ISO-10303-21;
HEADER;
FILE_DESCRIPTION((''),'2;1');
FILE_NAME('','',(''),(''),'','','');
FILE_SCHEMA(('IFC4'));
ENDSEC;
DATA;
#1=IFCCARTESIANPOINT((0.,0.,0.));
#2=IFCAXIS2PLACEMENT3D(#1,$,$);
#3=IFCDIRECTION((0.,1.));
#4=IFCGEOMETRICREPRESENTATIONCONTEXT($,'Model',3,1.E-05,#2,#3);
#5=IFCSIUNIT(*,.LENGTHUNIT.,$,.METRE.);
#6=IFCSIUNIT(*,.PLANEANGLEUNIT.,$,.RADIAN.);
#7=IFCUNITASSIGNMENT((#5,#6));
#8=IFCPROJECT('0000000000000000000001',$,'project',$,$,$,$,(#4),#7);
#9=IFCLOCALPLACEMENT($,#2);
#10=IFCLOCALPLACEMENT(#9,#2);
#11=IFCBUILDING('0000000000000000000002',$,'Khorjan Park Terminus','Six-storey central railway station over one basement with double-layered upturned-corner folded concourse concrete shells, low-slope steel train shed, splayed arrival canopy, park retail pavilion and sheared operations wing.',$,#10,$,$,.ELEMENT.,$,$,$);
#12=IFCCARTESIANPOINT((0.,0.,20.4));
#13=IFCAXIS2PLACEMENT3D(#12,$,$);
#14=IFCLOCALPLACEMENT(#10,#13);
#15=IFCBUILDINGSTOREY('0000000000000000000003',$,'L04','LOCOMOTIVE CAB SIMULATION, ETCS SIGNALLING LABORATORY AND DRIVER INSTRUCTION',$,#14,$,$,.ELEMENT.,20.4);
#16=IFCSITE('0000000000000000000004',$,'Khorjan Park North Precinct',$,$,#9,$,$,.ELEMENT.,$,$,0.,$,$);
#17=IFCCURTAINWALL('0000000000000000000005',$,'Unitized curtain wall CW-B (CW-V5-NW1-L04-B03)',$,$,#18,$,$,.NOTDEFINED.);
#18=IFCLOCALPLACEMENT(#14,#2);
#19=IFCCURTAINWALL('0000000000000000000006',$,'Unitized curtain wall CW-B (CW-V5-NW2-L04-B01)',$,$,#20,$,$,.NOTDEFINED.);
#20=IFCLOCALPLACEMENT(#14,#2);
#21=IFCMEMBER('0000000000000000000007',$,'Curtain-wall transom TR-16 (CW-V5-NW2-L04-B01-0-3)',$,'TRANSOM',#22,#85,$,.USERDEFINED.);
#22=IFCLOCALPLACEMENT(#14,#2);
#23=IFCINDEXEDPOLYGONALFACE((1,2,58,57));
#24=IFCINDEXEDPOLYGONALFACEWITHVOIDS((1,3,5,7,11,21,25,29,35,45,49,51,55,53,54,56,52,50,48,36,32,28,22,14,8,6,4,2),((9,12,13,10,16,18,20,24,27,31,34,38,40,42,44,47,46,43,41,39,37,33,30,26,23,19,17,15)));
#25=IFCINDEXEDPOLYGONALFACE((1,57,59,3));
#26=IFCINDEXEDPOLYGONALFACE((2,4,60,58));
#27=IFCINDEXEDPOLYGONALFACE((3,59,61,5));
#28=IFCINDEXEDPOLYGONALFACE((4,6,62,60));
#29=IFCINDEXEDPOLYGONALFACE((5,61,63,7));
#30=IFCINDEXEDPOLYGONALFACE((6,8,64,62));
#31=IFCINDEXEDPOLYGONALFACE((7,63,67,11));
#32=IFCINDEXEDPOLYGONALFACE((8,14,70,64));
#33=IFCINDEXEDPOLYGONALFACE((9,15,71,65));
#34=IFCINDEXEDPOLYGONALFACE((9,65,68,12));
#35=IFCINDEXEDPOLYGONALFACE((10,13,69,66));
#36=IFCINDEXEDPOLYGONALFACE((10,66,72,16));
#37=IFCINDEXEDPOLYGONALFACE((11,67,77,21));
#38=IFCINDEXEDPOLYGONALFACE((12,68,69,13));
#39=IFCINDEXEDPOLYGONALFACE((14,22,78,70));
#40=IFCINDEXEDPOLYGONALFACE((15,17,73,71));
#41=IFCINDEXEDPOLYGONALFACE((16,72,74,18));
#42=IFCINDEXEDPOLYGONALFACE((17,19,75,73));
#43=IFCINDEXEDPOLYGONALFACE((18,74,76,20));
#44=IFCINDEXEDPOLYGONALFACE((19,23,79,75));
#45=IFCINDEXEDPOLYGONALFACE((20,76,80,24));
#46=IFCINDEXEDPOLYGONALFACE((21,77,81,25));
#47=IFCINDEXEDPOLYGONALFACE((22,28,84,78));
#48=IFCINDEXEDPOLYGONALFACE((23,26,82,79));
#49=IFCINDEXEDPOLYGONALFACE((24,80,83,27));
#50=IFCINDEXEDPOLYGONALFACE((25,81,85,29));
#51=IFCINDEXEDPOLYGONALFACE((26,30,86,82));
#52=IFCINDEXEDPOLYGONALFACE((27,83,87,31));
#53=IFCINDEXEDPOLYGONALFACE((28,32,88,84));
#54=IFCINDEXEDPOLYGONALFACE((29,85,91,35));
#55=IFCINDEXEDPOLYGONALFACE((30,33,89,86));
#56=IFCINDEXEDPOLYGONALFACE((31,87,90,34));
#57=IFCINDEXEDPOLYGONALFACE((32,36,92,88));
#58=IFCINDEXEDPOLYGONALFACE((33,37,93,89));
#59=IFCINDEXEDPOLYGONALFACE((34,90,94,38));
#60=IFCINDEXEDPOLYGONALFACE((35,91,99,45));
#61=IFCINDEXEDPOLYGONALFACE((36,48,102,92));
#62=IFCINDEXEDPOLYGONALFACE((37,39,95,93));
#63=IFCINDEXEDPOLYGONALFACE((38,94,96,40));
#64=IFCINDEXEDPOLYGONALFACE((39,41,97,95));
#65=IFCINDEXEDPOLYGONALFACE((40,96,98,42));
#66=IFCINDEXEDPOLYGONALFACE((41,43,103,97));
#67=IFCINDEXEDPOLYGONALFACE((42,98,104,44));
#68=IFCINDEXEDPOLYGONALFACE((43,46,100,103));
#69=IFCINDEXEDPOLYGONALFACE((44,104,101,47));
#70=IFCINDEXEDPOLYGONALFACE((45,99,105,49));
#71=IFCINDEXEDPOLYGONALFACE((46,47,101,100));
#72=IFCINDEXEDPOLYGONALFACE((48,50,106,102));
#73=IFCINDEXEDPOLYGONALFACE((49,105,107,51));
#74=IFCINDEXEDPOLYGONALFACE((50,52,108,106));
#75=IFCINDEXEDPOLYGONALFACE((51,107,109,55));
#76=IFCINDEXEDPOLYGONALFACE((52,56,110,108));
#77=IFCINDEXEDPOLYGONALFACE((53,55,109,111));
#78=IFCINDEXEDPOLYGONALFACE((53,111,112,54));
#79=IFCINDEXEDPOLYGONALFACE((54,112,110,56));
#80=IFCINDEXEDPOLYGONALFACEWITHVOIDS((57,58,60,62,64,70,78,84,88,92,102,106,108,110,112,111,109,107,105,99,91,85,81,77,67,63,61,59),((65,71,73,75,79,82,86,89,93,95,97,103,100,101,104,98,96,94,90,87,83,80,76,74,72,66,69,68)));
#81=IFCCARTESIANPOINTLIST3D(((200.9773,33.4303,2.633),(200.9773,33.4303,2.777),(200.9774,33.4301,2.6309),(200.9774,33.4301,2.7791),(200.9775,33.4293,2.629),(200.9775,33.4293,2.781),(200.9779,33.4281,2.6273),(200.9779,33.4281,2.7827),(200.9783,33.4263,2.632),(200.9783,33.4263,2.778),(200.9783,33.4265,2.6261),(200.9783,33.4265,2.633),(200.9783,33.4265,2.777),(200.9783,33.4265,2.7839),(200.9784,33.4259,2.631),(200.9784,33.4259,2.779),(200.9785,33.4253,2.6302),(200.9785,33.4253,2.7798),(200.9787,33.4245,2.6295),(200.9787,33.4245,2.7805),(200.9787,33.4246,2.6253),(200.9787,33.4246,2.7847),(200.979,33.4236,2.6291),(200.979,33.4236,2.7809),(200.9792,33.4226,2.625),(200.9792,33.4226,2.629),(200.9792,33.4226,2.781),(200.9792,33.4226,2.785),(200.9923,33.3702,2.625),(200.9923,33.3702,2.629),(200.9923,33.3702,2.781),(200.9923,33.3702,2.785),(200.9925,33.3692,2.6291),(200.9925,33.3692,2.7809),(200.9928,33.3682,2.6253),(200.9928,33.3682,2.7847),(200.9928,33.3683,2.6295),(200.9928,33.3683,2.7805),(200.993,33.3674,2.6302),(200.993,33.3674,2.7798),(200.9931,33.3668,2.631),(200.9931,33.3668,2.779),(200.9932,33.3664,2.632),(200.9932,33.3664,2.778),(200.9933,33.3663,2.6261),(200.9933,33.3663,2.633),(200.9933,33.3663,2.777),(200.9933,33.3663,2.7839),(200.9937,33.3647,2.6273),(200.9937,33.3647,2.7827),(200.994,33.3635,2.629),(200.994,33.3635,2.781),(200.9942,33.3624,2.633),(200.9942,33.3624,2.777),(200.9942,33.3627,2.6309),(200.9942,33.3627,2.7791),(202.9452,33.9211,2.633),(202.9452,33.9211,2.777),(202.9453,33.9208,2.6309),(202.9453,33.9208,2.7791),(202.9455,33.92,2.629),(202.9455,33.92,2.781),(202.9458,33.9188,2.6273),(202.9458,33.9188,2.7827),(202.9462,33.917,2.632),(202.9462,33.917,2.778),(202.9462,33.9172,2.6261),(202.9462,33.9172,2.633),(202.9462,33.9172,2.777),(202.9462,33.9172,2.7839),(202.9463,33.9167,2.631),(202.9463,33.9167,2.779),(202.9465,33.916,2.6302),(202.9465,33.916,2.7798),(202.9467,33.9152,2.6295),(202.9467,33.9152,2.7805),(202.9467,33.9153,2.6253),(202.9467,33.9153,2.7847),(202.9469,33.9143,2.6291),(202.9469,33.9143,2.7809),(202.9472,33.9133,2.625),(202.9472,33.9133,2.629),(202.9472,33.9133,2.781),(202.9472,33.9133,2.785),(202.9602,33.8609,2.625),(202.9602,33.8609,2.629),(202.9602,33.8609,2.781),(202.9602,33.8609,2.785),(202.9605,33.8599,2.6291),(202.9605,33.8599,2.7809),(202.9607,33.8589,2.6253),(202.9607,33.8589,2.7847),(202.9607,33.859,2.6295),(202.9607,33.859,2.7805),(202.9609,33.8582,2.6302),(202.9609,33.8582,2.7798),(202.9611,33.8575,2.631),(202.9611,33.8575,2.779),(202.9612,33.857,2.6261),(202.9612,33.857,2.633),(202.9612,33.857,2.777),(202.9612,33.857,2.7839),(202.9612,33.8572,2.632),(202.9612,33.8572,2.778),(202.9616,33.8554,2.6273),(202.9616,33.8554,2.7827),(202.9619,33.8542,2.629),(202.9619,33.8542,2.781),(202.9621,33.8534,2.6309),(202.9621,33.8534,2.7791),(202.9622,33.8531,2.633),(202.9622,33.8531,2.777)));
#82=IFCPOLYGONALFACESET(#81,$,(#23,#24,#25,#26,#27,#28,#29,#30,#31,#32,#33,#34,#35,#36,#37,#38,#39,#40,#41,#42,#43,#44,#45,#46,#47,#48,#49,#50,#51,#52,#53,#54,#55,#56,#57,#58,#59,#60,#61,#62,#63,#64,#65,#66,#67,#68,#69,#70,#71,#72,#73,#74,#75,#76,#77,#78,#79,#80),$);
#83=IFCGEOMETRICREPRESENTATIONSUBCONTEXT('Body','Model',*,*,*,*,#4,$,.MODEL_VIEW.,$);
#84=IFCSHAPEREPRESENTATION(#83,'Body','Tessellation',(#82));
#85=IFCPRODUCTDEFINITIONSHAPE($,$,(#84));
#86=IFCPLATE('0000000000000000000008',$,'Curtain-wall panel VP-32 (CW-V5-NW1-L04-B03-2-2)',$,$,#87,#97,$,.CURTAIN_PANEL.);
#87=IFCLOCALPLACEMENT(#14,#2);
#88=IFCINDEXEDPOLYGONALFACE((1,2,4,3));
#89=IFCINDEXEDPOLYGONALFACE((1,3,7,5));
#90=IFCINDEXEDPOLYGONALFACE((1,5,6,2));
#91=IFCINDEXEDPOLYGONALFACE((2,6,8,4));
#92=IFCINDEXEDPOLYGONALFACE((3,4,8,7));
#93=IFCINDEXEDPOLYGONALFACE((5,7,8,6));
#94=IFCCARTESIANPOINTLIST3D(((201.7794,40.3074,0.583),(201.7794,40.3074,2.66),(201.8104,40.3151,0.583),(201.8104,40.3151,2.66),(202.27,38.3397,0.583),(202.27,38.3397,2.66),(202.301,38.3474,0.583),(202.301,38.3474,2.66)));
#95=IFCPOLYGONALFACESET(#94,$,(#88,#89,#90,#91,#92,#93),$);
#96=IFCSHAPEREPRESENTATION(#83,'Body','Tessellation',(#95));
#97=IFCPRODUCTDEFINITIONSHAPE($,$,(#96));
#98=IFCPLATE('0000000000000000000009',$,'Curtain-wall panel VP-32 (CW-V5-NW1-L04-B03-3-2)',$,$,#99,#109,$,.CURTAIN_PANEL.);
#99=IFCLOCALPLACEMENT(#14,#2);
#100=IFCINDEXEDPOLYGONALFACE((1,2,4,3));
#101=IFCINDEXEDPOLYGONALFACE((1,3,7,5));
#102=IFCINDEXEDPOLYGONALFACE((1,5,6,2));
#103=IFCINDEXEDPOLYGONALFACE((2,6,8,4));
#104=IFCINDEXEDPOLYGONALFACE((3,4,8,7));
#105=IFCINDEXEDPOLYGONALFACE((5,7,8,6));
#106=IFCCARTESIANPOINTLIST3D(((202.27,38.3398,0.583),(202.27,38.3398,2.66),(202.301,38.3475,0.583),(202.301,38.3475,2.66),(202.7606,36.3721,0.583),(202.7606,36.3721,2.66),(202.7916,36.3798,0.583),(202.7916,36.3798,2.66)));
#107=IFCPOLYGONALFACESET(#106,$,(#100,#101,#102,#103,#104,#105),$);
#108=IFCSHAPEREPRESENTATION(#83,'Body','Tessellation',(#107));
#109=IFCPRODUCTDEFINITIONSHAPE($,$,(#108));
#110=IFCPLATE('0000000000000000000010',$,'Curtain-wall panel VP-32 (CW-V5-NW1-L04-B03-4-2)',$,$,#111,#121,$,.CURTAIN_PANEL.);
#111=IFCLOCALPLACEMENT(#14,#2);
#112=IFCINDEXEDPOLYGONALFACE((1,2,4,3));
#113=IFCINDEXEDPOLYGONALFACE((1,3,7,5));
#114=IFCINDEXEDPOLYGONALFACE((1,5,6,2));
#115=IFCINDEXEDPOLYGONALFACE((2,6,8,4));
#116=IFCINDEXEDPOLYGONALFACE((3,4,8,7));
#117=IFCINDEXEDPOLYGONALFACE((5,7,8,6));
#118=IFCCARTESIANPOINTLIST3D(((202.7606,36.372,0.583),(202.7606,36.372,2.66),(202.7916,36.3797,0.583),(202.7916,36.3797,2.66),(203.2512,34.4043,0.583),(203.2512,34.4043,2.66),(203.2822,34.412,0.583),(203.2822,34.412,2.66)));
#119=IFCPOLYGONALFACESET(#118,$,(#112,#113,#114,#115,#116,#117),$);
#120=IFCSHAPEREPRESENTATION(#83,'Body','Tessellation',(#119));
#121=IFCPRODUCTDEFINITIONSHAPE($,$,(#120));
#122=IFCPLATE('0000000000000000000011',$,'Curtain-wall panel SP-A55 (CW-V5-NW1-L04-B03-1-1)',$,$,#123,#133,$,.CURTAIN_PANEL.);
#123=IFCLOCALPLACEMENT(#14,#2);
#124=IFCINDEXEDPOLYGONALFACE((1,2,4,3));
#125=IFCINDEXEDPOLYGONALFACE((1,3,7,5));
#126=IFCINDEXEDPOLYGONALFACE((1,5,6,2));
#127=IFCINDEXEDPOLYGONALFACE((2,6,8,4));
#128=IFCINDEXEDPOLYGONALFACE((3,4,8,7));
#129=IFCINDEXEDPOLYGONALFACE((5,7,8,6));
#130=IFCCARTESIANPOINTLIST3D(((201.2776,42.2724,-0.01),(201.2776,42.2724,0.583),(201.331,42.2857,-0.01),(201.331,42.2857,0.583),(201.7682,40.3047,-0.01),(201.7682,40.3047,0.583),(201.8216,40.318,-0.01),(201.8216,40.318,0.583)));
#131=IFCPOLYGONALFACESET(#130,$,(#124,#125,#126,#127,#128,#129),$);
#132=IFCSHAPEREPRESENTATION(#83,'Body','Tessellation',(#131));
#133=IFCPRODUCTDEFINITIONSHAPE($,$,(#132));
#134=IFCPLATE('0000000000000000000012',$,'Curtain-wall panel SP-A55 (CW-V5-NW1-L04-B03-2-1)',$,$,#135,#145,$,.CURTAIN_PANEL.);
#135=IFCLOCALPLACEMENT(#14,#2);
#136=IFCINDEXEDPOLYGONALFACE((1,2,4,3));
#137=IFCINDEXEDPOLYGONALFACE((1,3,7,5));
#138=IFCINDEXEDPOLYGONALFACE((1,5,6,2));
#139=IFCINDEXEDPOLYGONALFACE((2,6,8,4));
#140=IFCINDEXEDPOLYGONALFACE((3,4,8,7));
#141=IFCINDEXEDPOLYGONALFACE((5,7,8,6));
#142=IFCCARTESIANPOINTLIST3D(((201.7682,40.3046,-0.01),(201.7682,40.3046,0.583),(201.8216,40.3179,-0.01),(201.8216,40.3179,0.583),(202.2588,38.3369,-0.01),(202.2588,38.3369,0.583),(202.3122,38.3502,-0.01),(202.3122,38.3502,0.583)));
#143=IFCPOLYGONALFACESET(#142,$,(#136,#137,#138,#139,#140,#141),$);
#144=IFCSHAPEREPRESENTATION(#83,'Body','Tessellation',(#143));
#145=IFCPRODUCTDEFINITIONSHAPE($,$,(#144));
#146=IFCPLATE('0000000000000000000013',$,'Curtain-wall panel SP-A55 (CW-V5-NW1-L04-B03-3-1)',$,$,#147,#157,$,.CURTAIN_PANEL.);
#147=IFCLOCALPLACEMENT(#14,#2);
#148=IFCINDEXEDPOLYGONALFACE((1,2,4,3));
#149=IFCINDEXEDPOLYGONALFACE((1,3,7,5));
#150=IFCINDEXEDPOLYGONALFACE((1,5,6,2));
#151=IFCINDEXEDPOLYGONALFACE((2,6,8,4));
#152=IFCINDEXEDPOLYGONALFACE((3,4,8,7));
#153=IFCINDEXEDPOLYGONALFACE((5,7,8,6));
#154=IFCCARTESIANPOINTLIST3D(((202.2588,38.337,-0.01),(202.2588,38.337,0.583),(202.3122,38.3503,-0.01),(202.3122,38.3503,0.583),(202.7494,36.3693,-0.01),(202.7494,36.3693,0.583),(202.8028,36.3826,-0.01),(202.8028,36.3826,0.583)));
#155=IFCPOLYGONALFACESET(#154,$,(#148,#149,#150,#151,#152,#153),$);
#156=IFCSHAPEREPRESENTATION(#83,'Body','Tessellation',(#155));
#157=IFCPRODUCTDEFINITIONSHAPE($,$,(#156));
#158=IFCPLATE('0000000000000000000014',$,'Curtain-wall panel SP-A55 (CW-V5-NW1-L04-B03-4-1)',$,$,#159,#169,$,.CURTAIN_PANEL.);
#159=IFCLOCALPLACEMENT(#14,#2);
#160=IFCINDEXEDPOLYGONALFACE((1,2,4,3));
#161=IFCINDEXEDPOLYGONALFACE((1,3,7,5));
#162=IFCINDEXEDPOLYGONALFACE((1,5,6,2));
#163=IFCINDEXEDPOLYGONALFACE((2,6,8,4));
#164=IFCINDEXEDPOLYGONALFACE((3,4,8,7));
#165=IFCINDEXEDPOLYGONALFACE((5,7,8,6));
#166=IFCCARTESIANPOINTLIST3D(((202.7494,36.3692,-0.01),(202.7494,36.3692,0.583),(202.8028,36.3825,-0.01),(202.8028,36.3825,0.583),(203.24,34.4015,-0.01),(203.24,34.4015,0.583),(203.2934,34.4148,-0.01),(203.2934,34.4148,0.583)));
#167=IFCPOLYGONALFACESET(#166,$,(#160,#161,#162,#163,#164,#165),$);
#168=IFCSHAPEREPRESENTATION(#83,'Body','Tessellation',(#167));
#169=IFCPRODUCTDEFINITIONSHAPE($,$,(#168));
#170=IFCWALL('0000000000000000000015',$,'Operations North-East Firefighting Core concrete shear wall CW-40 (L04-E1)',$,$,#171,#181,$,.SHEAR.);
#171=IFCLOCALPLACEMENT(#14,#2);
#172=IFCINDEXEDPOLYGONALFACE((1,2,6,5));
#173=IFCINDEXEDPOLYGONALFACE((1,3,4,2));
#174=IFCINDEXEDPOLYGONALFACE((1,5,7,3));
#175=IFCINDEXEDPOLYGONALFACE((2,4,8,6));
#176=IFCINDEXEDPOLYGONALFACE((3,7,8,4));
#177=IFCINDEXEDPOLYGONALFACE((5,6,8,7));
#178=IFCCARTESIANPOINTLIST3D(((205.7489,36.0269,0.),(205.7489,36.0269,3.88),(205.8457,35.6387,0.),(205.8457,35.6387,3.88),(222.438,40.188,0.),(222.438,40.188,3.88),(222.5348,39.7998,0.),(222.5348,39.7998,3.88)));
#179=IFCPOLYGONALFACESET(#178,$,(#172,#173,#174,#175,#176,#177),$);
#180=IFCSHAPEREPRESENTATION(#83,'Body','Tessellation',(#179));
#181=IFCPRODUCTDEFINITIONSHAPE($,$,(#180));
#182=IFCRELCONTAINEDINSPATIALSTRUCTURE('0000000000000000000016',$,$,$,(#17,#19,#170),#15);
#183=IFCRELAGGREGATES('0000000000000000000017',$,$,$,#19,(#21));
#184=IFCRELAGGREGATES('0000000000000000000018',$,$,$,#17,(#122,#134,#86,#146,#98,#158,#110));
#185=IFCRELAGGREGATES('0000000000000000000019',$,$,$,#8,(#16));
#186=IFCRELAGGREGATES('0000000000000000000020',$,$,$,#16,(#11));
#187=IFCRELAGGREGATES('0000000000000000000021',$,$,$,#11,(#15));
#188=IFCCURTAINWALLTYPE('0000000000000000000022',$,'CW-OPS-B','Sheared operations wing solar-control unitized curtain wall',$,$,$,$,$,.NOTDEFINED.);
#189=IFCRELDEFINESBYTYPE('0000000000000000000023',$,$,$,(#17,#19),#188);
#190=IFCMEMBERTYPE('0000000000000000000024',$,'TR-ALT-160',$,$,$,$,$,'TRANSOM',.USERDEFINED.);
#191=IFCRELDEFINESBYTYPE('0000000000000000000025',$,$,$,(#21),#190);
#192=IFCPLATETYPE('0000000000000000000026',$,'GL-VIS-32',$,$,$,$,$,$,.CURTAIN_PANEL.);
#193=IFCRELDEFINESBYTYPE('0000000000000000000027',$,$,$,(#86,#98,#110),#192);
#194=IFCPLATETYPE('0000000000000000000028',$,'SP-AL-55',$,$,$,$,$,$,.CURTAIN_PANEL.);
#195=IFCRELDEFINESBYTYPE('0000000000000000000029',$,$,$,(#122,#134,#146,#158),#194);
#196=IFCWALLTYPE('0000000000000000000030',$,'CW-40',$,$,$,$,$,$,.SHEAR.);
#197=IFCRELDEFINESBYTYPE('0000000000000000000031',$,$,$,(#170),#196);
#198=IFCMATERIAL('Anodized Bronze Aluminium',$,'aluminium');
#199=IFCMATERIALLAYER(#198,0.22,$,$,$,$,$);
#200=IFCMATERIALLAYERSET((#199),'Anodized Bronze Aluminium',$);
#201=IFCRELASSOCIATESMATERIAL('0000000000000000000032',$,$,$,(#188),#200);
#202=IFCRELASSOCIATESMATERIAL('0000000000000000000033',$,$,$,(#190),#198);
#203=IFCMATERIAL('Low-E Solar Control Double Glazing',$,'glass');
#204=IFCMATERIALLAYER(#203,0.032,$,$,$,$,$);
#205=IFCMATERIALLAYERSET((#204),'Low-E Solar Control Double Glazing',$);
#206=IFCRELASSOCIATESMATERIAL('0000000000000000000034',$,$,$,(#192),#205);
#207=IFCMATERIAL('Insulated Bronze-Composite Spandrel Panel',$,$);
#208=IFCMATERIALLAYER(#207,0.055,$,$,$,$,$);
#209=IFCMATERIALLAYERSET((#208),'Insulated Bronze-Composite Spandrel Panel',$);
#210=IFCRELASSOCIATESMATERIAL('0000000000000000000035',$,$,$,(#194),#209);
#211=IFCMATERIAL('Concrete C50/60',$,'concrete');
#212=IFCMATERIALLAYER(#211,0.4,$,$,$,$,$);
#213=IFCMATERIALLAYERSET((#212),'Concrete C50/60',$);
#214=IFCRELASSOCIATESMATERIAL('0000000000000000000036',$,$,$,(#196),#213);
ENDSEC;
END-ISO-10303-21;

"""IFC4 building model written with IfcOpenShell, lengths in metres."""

from ifc_helpers import new_model, si_unit, direction, frame, frame_2d, origin, origin_2d, place, context, subcontext, project, spatial, rectangle, hollow_rectangle, extrude, material, layer, layer_set, material_profile, profile_set, type_object, element, aggregate, save


model = new_model("IFC4")

# Units and contexts
model_context = context("Model", 3, precision=1e-05, world=origin(), true_north=direction((0.0, 1.0)))
body_context = subcontext(model_context, "Body", "Model", "MODEL_VIEW")
ifc_project = project(units=[si_unit("LENGTHUNIT", "METRE"), si_unit("PLANEANGLEUNIT", "RADIAN")], contexts=[model_context])

# Site, building, storey
site_placement = place(None, origin())
site = spatial("IfcSite", under=ifc_project, at=site_placement, Name="Khorjan Park North Precinct", CompositionType="ELEMENT", RefElevation=0.0)
building_placement = place(site_placement, origin())
building = spatial("IfcBuilding", under=site, at=building_placement, Name="Khorjan Park Terminus", Description="Six-storey central railway station over one basement with double-layered upturned-corner folded concourse concrete shells, low-slope steel train shed, splayed arrival canopy, park retail pavilion and sheared operations wing.", CompositionType="ELEMENT")
storey_placement = place(building_placement, frame((0.0, 0.0, 20.4)))
storey = spatial("IfcBuildingStorey", under=building, at=storey_placement, Name="L04", Description="LOCOMOTIVE CAB SIMULATION, ETCS SIGNALLING LABORATORY AND DRIVER INSTRUCTION", CompositionType="ELEMENT", Elevation=20.4)

# Shared definitions
ifc_material_1 = material(Name="Concrete C50/60", Category="concrete")

# Curtain walls, member
ifc_material_2 = material(Name="Anodized Bronze Aluminium", Category="aluminium")
ifc_layer_1 = layer(ifc_material_2, 0.22)
ifc_layer_set_1 = layer_set([ifc_layer_1], Name="Anodized Bronze Aluminium")
curtain_wall_type = type_object("IfcCurtainWallType", Name="CW-OPS-B", Description="Sheared operations wing solar-control unitized curtain wall", PredefinedType="NOTDEFINED", material=ifc_layer_set_1)
curtain_wall_1_placement = place(storey_placement, origin())
curtain_wall_1 = element("IfcCurtainWall", 1, at=curtain_wall_1_placement, inside=storey, type_object=curtain_wall_type, Name="Unitized curtain wall CW-B (CW-V5-NW1-L04-B03)", PredefinedType="NOTDEFINED")
ifc_material_profile_1 = material_profile(ifc_material_2, hollow_rectangle(XDim=0.07, YDim=0.16, WallThickness=0.004, InnerFilletRadius=0.004, OuterFilletRadius=0.008, at=origin_2d()), Name="ALT 70x160x4")
ifc_profile_set_1 = profile_set([ifc_material_profile_1], Name="Anodized Bronze Aluminium")
member_type_1 = type_object("IfcMemberType", Name="TR-ALT-160", ElementType="TRANSOM", PredefinedType="USERDEFINED", material=ifc_profile_set_1)
curtain_wall_2_placement = place(storey_placement, origin())
curtain_wall_2 = element("IfcCurtainWall", 2, at=curtain_wall_2_placement, inside=storey, type_object=curtain_wall_type, Name="Unitized curtain wall CW-B (CW-V5-NW2-L04-B01)", PredefinedType="NOTDEFINED")
member_1_placement = place(storey_placement, frame((202.9537, 33.8871, 2.705), z_axis=(-0.97029, -0.241944, 0.0), x_axis=(0.241944, -0.97029, 0.0)))
member_1 = element("IfcMember", 3, at=member_1_placement, type_object=member_type_1, Name="Curtain-wall transom TR-16 (CW-V5-NW2-L04-B01-0-3)", ObjectType="TRANSOM", PredefinedType="USERDEFINED", context=body_context, shape_type="SweptSolid", body=[
    extrude(hollow_rectangle(XDim=0.07, YDim=0.16, WallThickness=0.004, InnerFilletRadius=0.004, OuterFilletRadius=0.008, at=origin_2d()), origin(), (0.0, 0.0, 1.0), 2.0282),
])
aggregate(curtain_wall_2, [member_1])

# Plates
ifc_material_3 = material(Name="Low-E Solar Control Double Glazing", Category="glass")
ifc_layer_2 = layer(ifc_material_3, 0.032)
ifc_layer_set_2 = layer_set([ifc_layer_2], Name="Low-E Solar Control Double Glazing")
plate_type_1 = type_object("IfcPlateType", Name="GL-VIS-32", PredefinedType="CURTAIN_PANEL", material=ifc_layer_set_2)
plate_1_placement = place(storey_placement, frame((202.0402, 39.3274, 0.583), z_axis=(0.0, 0.0, 1.0), x_axis=(0.241921, -0.970296, 0.0)))
plate_1 = element("IfcPlate", 4, at=plate_1_placement, type_object=plate_type_1, Name="Curtain-wall panel VP-32 (CW-V5-NW1-L04-B03-2-2)", PredefinedType="CURTAIN_PANEL", context=body_context, shape_type="SweptSolid", body=[
    extrude(rectangle(XDim=2.0279, YDim=0.032, at=origin_2d()), origin(), (0.0, 0.0, 1.0), 2.077),
])
plate_2_placement = place(storey_placement, frame((202.5308, 37.3598, 0.583), z_axis=(0.0, 0.0, 1.0), x_axis=(0.241921, -0.970296, 0.0)))
plate_2 = element("IfcPlate", 5, at=plate_2_placement, type_object=plate_type_1, Name="Curtain-wall panel VP-32 (CW-V5-NW1-L04-B03-3-2)", PredefinedType="CURTAIN_PANEL", context=body_context, shape_type="SweptSolid", body=[
    extrude(rectangle(XDim=2.0279, YDim=0.032, at=origin_2d()), origin(), (0.0, 0.0, 1.0), 2.077),
])
plate_3_placement = place(storey_placement, frame((203.0214, 35.392, 0.583), z_axis=(0.0, 0.0, 1.0), x_axis=(0.241921, -0.970296, 0.0)))
plate_3 = element("IfcPlate", 6, at=plate_3_placement, type_object=plate_type_1, Name="Curtain-wall panel VP-32 (CW-V5-NW1-L04-B03-4-2)", PredefinedType="CURTAIN_PANEL", context=body_context, shape_type="SweptSolid", body=[
    extrude(rectangle(XDim=2.0279, YDim=0.032, at=origin_2d()), origin(), (0.0, 0.0, 1.0), 2.077),
])
ifc_material_4 = material(Name="Insulated Bronze-Composite Spandrel Panel")
ifc_layer_3 = layer(ifc_material_4, 0.055)
ifc_layer_set_3 = layer_set([ifc_layer_3], Name="Insulated Bronze-Composite Spandrel Panel")
plate_type_2 = type_object("IfcPlateType", Name="SP-AL-55", PredefinedType="CURTAIN_PANEL", material=ifc_layer_set_3)
plate_4_placement = place(storey_placement, frame((201.5496, 41.2952, -0.01), z_axis=(0.0, 0.0, 1.0), x_axis=(0.241921, -0.970296, 0.0)))
plate_4 = element("IfcPlate", 7, at=plate_4_placement, type_object=plate_type_2, Name="Curtain-wall panel SP-A55 (CW-V5-NW1-L04-B03-1-1)", PredefinedType="CURTAIN_PANEL", context=body_context, shape_type="SweptSolid", body=[
    extrude(rectangle(XDim=2.0279, YDim=0.055, at=origin_2d()), origin(), (0.0, 0.0, 1.0), 0.593),
])
plate_5_placement = place(storey_placement, frame((202.0402, 39.3274, -0.01), z_axis=(0.0, 0.0, 1.0), x_axis=(0.241921, -0.970296, 0.0)))
plate_5 = element("IfcPlate", 8, at=plate_5_placement, type_object=plate_type_2, Name="Curtain-wall panel SP-A55 (CW-V5-NW1-L04-B03-2-1)", PredefinedType="CURTAIN_PANEL", context=body_context, shape_type="SweptSolid", body=[
    extrude(rectangle(XDim=2.0279, YDim=0.055, at=origin_2d()), origin(), (0.0, 0.0, 1.0), 0.593),
])
plate_6_placement = place(storey_placement, frame((202.5308, 37.3598, -0.01), z_axis=(0.0, 0.0, 1.0), x_axis=(0.241921, -0.970296, 0.0)))
plate_6 = element("IfcPlate", 9, at=plate_6_placement, type_object=plate_type_2, Name="Curtain-wall panel SP-A55 (CW-V5-NW1-L04-B03-3-1)", PredefinedType="CURTAIN_PANEL", context=body_context, shape_type="SweptSolid", body=[
    extrude(rectangle(XDim=2.0279, YDim=0.055, at=origin_2d()), origin(), (0.0, 0.0, 1.0), 0.593),
])
plate_7_placement = place(storey_placement, frame((203.0214, 35.392, -0.01), z_axis=(0.0, 0.0, 1.0), x_axis=(0.241921, -0.970296, 0.0)))
plate_7 = element("IfcPlate", 10, at=plate_7_placement, type_object=plate_type_2, Name="Curtain-wall panel SP-A55 (CW-V5-NW1-L04-B03-4-1)", PredefinedType="CURTAIN_PANEL", context=body_context, shape_type="SweptSolid", body=[
    extrude(rectangle(XDim=2.0279, YDim=0.055, at=origin_2d()), origin(), (0.0, 0.0, 1.0), 0.593),
])
aggregate(curtain_wall_1, [plate_4, plate_5, plate_1, plate_6, plate_2, plate_7, plate_3])

# Wall
ifc_layer_4 = layer(ifc_material_1, 0.4)
ifc_layer_set_4 = layer_set([ifc_layer_4], Name="Concrete C50/60")
wall_type_1 = type_object("IfcWallType", Name="CW-40", PredefinedType="SHEAR", material=ifc_layer_set_4)
wall_1_placement = place(storey_placement, frame((205.7973, 35.8328, 0.0), z_axis=(0.0, 0.0, 1.0), x_axis=(0.970295, 0.241924, 0.0)))
element("IfcWall", 11, at=wall_1_placement, inside=storey, type_object=wall_type_1, Name="Operations North-East Firefighting Core concrete shear wall CW-40 (L04-E1)", PredefinedType="SHEAR", context=body_context, shape_type="SweptSolid", body=[
    extrude(rectangle(XDim=17.2, YDim=0.4, at=frame_2d((8.6, 0.0))), origin(), (0.0, 0.0, 1.0), 3.88),
])

save(model, "model.ifc")
